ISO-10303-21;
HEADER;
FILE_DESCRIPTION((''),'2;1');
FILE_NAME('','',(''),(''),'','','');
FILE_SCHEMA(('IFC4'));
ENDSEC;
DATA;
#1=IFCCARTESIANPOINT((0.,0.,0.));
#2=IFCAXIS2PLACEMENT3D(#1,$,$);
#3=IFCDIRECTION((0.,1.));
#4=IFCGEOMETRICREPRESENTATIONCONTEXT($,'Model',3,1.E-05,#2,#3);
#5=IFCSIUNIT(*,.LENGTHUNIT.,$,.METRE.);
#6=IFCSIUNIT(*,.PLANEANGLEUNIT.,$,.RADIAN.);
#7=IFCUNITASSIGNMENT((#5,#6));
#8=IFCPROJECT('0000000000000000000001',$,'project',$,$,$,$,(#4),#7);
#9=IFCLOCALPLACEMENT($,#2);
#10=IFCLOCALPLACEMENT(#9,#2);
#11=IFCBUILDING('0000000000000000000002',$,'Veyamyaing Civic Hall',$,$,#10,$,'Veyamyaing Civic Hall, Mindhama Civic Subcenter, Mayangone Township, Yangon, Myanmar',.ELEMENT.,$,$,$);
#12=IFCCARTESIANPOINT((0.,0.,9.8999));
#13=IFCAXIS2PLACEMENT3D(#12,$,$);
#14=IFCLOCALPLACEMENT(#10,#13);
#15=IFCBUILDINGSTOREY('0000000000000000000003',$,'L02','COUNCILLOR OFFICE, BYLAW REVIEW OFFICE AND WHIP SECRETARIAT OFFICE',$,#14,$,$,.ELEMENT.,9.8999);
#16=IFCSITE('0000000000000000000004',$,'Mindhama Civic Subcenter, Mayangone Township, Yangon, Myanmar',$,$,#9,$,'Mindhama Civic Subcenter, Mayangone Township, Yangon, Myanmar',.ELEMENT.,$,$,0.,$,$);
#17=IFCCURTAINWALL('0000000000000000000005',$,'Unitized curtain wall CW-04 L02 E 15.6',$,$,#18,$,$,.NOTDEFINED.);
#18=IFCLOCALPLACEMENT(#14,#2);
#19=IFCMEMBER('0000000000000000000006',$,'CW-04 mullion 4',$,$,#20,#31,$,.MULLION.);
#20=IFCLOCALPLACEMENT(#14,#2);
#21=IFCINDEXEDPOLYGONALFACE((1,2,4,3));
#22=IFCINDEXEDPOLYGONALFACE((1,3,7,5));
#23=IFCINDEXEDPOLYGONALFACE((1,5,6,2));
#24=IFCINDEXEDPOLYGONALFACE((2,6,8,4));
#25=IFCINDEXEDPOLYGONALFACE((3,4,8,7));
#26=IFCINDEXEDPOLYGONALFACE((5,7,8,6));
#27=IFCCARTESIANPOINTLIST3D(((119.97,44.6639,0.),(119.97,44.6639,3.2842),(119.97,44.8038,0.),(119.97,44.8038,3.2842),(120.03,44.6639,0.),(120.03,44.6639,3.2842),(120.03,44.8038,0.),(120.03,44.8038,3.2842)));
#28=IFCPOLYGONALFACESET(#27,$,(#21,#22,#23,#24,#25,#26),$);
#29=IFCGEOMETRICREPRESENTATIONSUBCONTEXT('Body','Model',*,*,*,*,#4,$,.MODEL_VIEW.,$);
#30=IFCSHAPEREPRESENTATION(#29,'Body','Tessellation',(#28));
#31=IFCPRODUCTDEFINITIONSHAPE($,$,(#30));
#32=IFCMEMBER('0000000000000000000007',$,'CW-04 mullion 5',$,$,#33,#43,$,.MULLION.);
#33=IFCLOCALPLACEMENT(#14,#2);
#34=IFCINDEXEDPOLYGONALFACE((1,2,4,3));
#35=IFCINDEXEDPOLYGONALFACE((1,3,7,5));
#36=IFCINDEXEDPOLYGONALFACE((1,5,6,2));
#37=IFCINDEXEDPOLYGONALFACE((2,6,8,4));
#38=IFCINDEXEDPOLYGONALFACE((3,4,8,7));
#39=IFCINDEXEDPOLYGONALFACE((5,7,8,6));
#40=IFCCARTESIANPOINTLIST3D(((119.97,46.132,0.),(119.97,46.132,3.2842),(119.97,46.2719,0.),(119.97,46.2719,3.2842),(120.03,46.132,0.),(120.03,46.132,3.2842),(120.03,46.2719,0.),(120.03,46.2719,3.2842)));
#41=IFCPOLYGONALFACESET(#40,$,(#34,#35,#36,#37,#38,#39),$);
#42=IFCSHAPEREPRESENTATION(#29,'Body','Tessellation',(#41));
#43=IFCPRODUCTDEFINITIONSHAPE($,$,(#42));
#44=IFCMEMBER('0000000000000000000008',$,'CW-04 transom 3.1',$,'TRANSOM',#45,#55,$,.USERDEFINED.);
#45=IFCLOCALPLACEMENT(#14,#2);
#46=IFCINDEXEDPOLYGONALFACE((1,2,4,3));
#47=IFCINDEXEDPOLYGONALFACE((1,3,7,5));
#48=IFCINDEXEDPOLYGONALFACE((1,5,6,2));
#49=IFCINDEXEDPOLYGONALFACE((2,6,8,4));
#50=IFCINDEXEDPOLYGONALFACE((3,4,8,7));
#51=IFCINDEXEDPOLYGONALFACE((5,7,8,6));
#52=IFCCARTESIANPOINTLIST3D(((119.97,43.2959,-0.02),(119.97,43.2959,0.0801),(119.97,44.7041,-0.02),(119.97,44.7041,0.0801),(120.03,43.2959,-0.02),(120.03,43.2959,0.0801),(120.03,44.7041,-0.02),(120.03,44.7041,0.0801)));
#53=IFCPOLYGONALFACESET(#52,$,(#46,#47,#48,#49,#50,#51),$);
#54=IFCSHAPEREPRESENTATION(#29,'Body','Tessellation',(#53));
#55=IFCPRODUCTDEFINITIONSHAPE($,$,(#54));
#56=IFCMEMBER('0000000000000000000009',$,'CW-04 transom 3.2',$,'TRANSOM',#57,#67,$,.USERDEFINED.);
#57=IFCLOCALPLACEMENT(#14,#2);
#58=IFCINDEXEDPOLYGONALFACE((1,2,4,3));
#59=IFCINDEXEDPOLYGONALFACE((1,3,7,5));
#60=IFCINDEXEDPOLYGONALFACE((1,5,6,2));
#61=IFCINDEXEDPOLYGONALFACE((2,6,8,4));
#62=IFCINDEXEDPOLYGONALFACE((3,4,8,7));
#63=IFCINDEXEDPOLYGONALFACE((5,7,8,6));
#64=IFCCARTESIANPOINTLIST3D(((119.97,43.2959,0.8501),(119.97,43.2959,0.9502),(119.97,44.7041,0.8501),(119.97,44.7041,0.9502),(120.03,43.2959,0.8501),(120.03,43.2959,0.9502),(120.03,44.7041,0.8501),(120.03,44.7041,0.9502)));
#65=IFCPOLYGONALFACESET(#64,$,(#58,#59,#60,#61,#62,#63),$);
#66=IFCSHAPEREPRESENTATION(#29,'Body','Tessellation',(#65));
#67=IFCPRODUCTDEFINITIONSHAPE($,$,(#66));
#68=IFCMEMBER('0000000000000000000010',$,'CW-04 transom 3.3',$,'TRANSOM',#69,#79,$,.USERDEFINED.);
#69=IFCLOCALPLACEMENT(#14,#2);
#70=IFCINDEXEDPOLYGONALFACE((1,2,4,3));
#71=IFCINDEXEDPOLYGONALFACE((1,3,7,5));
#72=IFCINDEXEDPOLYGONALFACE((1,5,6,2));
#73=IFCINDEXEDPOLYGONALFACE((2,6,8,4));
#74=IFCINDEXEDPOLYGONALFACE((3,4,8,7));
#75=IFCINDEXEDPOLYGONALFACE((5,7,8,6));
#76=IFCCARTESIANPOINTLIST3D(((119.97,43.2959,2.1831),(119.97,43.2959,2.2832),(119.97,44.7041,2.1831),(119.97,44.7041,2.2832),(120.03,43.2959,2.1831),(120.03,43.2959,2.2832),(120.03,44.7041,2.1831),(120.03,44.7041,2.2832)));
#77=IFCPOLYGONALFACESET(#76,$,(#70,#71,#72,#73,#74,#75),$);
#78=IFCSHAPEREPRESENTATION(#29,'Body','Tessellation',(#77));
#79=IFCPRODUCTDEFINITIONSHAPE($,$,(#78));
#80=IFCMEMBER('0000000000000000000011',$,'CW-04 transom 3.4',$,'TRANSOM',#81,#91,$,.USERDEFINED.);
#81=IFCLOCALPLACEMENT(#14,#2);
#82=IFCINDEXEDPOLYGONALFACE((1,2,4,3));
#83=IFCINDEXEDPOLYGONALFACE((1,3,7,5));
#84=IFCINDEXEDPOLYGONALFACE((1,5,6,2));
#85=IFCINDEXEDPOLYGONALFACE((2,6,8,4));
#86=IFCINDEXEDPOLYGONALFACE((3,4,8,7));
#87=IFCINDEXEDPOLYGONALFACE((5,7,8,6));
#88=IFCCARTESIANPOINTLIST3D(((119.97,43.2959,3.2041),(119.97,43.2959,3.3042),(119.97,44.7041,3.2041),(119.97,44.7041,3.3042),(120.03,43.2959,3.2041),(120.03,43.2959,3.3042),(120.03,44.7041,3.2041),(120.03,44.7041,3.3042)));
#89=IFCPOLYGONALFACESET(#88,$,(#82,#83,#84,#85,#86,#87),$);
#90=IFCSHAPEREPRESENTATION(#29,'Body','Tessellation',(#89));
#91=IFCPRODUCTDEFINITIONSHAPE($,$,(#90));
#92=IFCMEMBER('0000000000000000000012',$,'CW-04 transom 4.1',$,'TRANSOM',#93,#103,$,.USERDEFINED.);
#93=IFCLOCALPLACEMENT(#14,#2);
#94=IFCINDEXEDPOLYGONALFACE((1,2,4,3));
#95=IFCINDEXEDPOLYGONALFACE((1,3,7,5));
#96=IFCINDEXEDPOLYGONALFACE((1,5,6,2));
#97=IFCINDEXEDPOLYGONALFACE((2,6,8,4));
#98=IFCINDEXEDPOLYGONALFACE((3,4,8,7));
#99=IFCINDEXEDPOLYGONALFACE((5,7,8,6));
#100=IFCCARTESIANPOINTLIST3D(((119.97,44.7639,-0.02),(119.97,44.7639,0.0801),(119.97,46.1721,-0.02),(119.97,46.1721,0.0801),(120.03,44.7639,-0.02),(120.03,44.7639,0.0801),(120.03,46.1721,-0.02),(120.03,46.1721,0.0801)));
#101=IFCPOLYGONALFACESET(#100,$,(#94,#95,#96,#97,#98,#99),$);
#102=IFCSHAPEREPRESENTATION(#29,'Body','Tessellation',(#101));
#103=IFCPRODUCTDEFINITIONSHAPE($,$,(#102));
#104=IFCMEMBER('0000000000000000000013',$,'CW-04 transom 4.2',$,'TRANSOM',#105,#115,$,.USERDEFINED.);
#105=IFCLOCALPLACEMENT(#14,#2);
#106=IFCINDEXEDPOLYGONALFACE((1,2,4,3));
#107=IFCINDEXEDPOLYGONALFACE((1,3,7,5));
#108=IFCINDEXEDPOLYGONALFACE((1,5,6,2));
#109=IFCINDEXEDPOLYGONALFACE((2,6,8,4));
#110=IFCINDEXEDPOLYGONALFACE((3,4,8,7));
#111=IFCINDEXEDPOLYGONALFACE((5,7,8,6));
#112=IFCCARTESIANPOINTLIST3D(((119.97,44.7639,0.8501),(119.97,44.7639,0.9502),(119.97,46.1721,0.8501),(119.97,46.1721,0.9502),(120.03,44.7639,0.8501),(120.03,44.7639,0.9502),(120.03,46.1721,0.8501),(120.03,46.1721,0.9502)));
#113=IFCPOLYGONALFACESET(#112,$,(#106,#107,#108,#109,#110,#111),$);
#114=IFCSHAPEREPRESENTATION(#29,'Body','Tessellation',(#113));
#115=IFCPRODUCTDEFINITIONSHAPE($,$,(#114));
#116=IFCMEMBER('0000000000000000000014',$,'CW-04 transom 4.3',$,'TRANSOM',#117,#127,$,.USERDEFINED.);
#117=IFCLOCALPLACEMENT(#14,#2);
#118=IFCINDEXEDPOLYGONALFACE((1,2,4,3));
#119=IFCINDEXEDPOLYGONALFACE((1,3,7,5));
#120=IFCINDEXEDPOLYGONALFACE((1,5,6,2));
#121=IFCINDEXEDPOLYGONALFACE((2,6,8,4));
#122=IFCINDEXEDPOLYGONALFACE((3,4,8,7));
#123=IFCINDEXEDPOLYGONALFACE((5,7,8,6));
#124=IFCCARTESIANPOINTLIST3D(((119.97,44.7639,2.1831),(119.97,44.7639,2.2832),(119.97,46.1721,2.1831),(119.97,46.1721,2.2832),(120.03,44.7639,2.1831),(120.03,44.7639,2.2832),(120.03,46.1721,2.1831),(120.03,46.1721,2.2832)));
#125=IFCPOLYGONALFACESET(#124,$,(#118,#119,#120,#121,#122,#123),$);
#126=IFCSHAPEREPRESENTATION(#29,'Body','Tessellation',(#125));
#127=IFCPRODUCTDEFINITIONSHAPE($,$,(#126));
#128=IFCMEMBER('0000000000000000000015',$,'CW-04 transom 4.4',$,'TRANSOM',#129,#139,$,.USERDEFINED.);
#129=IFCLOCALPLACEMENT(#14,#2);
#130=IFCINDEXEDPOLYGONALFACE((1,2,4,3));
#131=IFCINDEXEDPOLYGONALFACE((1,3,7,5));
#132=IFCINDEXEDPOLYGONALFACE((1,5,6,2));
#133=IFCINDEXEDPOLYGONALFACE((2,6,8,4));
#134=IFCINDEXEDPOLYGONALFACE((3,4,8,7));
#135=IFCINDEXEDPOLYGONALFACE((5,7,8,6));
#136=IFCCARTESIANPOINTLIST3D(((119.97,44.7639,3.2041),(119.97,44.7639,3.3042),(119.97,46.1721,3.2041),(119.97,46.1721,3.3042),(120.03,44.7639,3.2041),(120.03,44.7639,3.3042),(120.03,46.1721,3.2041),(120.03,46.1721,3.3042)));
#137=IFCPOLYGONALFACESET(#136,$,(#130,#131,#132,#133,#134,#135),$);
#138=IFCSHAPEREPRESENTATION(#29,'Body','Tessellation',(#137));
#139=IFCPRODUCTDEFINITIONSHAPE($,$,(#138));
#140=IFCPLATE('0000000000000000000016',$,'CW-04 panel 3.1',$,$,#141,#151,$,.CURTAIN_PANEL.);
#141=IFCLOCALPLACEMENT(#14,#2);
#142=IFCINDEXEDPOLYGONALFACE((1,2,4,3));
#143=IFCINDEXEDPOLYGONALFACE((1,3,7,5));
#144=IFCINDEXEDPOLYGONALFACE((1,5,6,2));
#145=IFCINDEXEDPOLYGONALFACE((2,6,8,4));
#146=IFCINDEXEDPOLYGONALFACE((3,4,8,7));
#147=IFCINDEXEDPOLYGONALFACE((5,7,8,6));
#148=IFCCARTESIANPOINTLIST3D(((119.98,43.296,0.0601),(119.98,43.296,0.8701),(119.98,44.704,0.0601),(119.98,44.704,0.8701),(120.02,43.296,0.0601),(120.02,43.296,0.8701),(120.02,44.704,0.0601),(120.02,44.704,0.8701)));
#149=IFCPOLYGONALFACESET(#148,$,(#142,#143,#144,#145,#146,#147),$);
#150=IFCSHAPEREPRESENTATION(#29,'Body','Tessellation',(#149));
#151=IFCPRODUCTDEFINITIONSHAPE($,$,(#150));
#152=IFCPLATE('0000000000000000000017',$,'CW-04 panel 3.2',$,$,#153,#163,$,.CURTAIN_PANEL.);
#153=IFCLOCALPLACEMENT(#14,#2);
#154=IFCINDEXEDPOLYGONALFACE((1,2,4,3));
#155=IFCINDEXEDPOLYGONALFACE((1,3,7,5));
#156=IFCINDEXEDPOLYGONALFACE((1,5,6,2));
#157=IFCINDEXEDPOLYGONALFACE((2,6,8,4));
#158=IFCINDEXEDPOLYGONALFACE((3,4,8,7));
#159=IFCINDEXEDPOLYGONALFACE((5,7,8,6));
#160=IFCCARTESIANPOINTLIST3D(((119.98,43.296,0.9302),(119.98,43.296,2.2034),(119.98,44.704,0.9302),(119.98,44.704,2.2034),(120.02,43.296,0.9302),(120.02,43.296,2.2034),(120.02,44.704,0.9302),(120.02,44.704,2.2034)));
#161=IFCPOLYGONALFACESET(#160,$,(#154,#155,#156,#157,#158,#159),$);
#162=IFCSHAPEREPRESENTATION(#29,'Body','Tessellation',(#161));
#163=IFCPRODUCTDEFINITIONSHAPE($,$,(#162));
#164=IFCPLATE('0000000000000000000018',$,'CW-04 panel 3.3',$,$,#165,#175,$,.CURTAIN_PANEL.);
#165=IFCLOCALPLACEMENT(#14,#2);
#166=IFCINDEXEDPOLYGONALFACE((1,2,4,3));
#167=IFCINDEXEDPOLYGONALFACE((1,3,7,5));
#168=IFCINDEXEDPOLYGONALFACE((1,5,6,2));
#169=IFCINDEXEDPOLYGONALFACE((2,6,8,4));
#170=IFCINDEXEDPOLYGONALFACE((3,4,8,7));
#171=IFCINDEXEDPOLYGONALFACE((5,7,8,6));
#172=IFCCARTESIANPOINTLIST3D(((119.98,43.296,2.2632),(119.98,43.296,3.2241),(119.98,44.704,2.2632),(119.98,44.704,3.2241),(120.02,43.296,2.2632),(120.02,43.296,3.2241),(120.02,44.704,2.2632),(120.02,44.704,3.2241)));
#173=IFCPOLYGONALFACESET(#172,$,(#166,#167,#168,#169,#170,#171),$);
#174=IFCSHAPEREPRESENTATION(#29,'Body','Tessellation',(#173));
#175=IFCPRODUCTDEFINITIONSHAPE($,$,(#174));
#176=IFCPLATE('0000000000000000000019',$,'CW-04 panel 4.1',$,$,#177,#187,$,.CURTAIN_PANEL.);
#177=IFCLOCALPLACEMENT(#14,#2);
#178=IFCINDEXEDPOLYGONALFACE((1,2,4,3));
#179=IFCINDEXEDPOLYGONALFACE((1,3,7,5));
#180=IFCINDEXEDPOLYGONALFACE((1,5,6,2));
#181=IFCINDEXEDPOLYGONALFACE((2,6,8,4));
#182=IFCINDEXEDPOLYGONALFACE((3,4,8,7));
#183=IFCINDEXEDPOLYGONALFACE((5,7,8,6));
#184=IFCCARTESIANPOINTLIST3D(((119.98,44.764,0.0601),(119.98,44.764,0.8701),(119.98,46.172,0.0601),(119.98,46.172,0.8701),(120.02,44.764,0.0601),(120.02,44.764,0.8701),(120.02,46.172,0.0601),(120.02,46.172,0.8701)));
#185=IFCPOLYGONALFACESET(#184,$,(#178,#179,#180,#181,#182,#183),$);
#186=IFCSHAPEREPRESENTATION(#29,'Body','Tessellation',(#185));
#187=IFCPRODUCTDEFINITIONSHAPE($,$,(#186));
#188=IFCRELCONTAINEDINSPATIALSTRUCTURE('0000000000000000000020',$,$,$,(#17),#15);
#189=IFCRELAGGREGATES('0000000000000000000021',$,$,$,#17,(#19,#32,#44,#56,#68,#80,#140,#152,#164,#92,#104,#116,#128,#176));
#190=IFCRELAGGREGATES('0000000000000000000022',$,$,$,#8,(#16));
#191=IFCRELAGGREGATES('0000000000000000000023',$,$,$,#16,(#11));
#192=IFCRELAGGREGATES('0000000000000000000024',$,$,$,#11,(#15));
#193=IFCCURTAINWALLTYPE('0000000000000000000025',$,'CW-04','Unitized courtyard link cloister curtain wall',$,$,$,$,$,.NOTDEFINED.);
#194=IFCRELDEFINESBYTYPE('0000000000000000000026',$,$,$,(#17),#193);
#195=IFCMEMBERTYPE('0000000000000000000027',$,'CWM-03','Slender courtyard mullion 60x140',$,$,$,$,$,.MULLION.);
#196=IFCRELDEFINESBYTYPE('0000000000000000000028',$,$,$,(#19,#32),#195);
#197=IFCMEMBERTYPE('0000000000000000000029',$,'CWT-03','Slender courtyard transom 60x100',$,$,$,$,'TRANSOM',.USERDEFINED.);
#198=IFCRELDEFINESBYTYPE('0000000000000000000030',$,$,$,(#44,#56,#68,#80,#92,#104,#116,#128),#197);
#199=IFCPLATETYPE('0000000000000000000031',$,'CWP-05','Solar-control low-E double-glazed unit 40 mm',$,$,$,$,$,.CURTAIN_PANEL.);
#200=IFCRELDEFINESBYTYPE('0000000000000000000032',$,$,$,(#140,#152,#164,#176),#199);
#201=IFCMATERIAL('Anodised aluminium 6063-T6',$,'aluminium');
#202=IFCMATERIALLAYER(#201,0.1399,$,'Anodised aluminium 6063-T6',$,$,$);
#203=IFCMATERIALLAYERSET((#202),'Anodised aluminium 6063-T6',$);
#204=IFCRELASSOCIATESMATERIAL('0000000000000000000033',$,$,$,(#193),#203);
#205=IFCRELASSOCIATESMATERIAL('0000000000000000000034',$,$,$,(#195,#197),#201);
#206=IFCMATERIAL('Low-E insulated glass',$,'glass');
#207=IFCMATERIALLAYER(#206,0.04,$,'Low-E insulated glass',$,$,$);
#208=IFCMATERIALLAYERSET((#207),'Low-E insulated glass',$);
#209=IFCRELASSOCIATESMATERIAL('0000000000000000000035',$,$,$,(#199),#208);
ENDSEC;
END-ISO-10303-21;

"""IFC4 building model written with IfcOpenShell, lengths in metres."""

from ifc_helpers import new_model, si_unit, direction, frame, origin, origin_2d, place, context, subcontext, project, spatial, rectangle, extrude, material, layer, layer_set, material_profile, profile_set, type_object, element, aggregate, save


model = new_model("IFC4")

# Units and contexts
model_context = context("Model", 3, precision=1e-05, world=origin(), true_north=direction((0.0, 1.0)))
body_context = subcontext(model_context, "Body", "Model", "MODEL_VIEW")
ifc_project = project(units=[si_unit("LENGTHUNIT", "METRE"), si_unit("PLANEANGLEUNIT", "RADIAN")], contexts=[model_context])

# Site, building, storey
site_placement = place(None, origin())
site = spatial("IfcSite", under=ifc_project, at=site_placement, Name="Mindhama Civic Subcenter, Mayangone Township, Yangon, Myanmar", LongName="Mindhama Civic Subcenter, Mayangone Township, Yangon, Myanmar", CompositionType="ELEMENT", RefElevation=0.0)
building_placement = place(site_placement, origin())
building = spatial("IfcBuilding", under=site, at=building_placement, Name="Veyamyaing Civic Hall", LongName="Veyamyaing Civic Hall, Mindhama Civic Subcenter, Mayangone Township, Yangon, Myanmar", CompositionType="ELEMENT")
storey_placement = place(building_placement, frame((0.0, 0.0, 9.8999)))
storey = spatial("IfcBuildingStorey", under=building, at=storey_placement, Name="L02", Description="COUNCILLOR OFFICE, BYLAW REVIEW OFFICE AND WHIP SECRETARIAT OFFICE", CompositionType="ELEMENT", Elevation=9.8999)

# Curtain wall, members, plates
ifc_material_1 = material(Name="Anodised aluminium 6063-T6", Category="aluminium")
ifc_layer_1 = layer(ifc_material_1, 0.1399, Name="Anodised aluminium 6063-T6")
ifc_layer_set_1 = layer_set([ifc_layer_1], Name="Anodised aluminium 6063-T6")
curtain_wall_type = type_object("IfcCurtainWallType", Name="CW-04", Description="Unitized courtyard link cloister curtain wall", PredefinedType="NOTDEFINED", material=ifc_layer_set_1)
curtain_wall_placement = place(storey_placement, origin())
curtain_wall = element("IfcCurtainWall", 1, at=curtain_wall_placement, inside=storey, type_object=curtain_wall_type, Name="Unitized curtain wall CW-04 L02 E 15.6", PredefinedType="NOTDEFINED")
ifc_material_profile_1 = material_profile(ifc_material_1, rectangle(XDim=0.0601, YDim=0.1399, at=origin_2d()), Name="ALU-MUL-60X140")
ifc_profile_set_1 = profile_set([ifc_material_profile_1], Name="Anodised aluminium 6063-T6")
member_type_1 = type_object("IfcMemberType", Name="CWM-03", Description="Slender courtyard mullion 60x140", PredefinedType="MULLION", material=ifc_profile_set_1)
member_1_placement = place(storey_placement, frame((120.0, 44.7339, 0.0), z_axis=(0.0, 0.0, 1.0), x_axis=(-1.0, 0.0, 0.0)))
member_1 = element("IfcMember", 2, at=member_1_placement, type_object=member_type_1, Name="CW-04 mullion 4", PredefinedType="MULLION", context=body_context, shape_type="SweptSolid", body=[
    extrude(rectangle(XDim=0.0601, YDim=0.1399, at=origin_2d()), origin(), (0.0, 0.0, 1.0), 3.2842),
])
member_2_placement = place(storey_placement, frame((120.0, 46.2019, 0.0), z_axis=(0.0, 0.0, 1.0), x_axis=(-1.0, 0.0, 0.0)))
member_2 = element("IfcMember", 3, at=member_2_placement, type_object=member_type_1, Name="CW-04 mullion 5", PredefinedType="MULLION", context=body_context, shape_type="SweptSolid", body=[
    extrude(rectangle(XDim=0.0601, YDim=0.1399, at=origin_2d()), origin(), (0.0, 0.0, 1.0), 3.2842),
])
ifc_material_profile_2 = material_profile(ifc_material_1, rectangle(XDim=0.0601, YDim=0.1001, at=origin_2d()), Name="ALU-TRN-60X100")
ifc_profile_set_2 = profile_set([ifc_material_profile_2], Name="Anodised aluminium 6063-T6")
member_type_2 = type_object("IfcMemberType", Name="CWT-03", Description="Slender courtyard transom 60x100", ElementType="TRANSOM", PredefinedType="USERDEFINED", material=ifc_profile_set_2)
member_3_placement = place(storey_placement, frame((120.0, 43.2959, 0.03), z_axis=(0.0, 1.0, 0.0), x_axis=(-1.0, 0.0, 0.0)))
member_3 = element("IfcMember", 4, at=member_3_placement, type_object=member_type_2, Name="CW-04 transom 3.1", ObjectType="TRANSOM", PredefinedType="USERDEFINED", context=body_context, shape_type="SweptSolid", body=[
    extrude(rectangle(XDim=0.0601, YDim=0.1001, at=origin_2d()), origin(), (0.0, 0.0, 1.0), 1.4082),
])
member_4_placement = place(storey_placement, frame((120.0, 43.2959, 0.9001), z_axis=(0.0, 1.0, 0.0), x_axis=(-1.0, 0.0, 0.0)))
member_4 = element("IfcMember", 5, at=member_4_placement, type_object=member_type_2, Name="CW-04 transom 3.2", ObjectType="TRANSOM", PredefinedType="USERDEFINED", context=body_context, shape_type="SweptSolid", body=[
    extrude(rectangle(XDim=0.0601, YDim=0.1001, at=origin_2d()), origin(), (0.0, 0.0, 1.0), 1.4082),
])
member_5_placement = place(storey_placement, frame((120.0, 43.2959, 2.2332), z_axis=(0.0, 1.0, 0.0), x_axis=(-1.0, 0.0, 0.0)))
member_5 = element("IfcMember", 6, at=member_5_placement, type_object=member_type_2, Name="CW-04 transom 3.3", ObjectType="TRANSOM", PredefinedType="USERDEFINED", context=body_context, shape_type="SweptSolid", body=[
    extrude(rectangle(XDim=0.0601, YDim=0.1001, at=origin_2d()), origin(), (0.0, 0.0, 1.0), 1.4082),
])
member_6_placement = place(storey_placement, frame((120.0, 43.2959, 3.2542), z_axis=(0.0, 1.0, 0.0), x_axis=(-1.0, 0.0, 0.0)))
member_6 = element("IfcMember", 7, at=member_6_placement, type_object=member_type_2, Name="CW-04 transom 3.4", ObjectType="TRANSOM", PredefinedType="USERDEFINED", context=body_context, shape_type="SweptSolid", body=[
    extrude(rectangle(XDim=0.0601, YDim=0.1001, at=origin_2d()), origin(), (0.0, 0.0, 1.0), 1.4082),
])
member_7_placement = place(storey_placement, frame((120.0, 44.7639, 0.03), z_axis=(0.0, 1.0, 0.0), x_axis=(-1.0, 0.0, 0.0)))
member_7 = element("IfcMember", 8, at=member_7_placement, type_object=member_type_2, Name="CW-04 transom 4.1", ObjectType="TRANSOM", PredefinedType="USERDEFINED", context=body_context, shape_type="SweptSolid", body=[
    extrude(rectangle(XDim=0.0601, YDim=0.1001, at=origin_2d()), origin(), (0.0, 0.0, 1.0), 1.4082),
])
member_8_placement = place(storey_placement, frame((120.0, 44.7639, 0.9001), z_axis=(0.0, 1.0, 0.0), x_axis=(-1.0, 0.0, 0.0)))
member_8 = element("IfcMember", 9, at=member_8_placement, type_object=member_type_2, Name="CW-04 transom 4.2", ObjectType="TRANSOM", PredefinedType="USERDEFINED", context=body_context, shape_type="SweptSolid", body=[
    extrude(rectangle(XDim=0.0601, YDim=0.1001, at=origin_2d()), origin(), (0.0, 0.0, 1.0), 1.4082),
])
member_9_placement = place(storey_placement, frame((120.0, 44.7639, 2.2332), z_axis=(0.0, 1.0, 0.0), x_axis=(-1.0, 0.0, 0.0)))
member_9 = element("IfcMember", 10, at=member_9_placement, type_object=member_type_2, Name="CW-04 transom 4.3", ObjectType="TRANSOM", PredefinedType="USERDEFINED", context=body_context, shape_type="SweptSolid", body=[
    extrude(rectangle(XDim=0.0601, YDim=0.1001, at=origin_2d()), origin(), (0.0, 0.0, 1.0), 1.4082),
])
member_10_placement = place(storey_placement, frame((120.0, 44.7639, 3.2542), z_axis=(0.0, 1.0, 0.0), x_axis=(-1.0, 0.0, 0.0)))
member_10 = element("IfcMember", 11, at=member_10_placement, type_object=member_type_2, Name="CW-04 transom 4.4", ObjectType="TRANSOM", PredefinedType="USERDEFINED", context=body_context, shape_type="SweptSolid", body=[
    extrude(rectangle(XDim=0.0601, YDim=0.1001, at=origin_2d()), origin(), (0.0, 0.0, 1.0), 1.4082),
])
ifc_material_2 = material(Name="Low-E insulated glass", Category="glass")
ifc_layer_2 = layer(ifc_material_2, 0.04, Name="Low-E insulated glass")
ifc_layer_set_2 = layer_set([ifc_layer_2], Name="Low-E insulated glass")
plate_type = type_object("IfcPlateType", Name="CWP-05", Description="Solar-control low-E double-glazed unit 40 mm", PredefinedType="CURTAIN_PANEL", material=ifc_layer_set_2)
plate_1_placement = place(storey_placement, frame((120.0, 44.0, 0.0601), z_axis=(0.0, 0.0, 1.0), x_axis=(0.0, 1.0, 0.0)))
plate_1 = element("IfcPlate", 12, at=plate_1_placement, type_object=plate_type, Name="CW-04 panel 3.1", PredefinedType="CURTAIN_PANEL", context=body_context, shape_type="SweptSolid", body=[
    extrude(rectangle(XDim=1.408, YDim=0.04, at=origin_2d()), origin(), (0.0, 0.0, 1.0), 0.8101),
])
plate_2_placement = place(storey_placement, frame((120.0, 44.0, 0.9302), z_axis=(0.0, 0.0, 1.0), x_axis=(0.0, 1.0, 0.0)))
plate_2 = element("IfcPlate", 13, at=plate_2_placement, type_object=plate_type, Name="CW-04 panel 3.2", PredefinedType="CURTAIN_PANEL", context=body_context, shape_type="SweptSolid", body=[
    extrude(rectangle(XDim=1.408, YDim=0.04, at=origin_2d()), origin(), (0.0, 0.0, 1.0), 1.2732),
])
plate_3_placement = place(storey_placement, frame((120.0, 44.0, 2.2632), z_axis=(0.0, 0.0, 1.0), x_axis=(0.0, 1.0, 0.0)))
plate_3 = element("IfcPlate", 14, at=plate_3_placement, type_object=plate_type, Name="CW-04 panel 3.3", PredefinedType="CURTAIN_PANEL", context=body_context, shape_type="SweptSolid", body=[
    extrude(rectangle(XDim=1.408, YDim=0.04, at=origin_2d()), origin(), (0.0, 0.0, 1.0), 0.9609),
])
plate_4_placement = place(storey_placement, frame((120.0, 45.468, 0.0601), z_axis=(0.0, 0.0, 1.0), x_axis=(0.0, 1.0, 0.0)))
plate_4 = element("IfcPlate", 15, at=plate_4_placement, type_object=plate_type, Name="CW-04 panel 4.1", PredefinedType="CURTAIN_PANEL", context=body_context, shape_type="SweptSolid", body=[
    extrude(rectangle(XDim=1.408, YDim=0.04, at=origin_2d()), origin(), (0.0, 0.0, 1.0), 0.8101),
])
aggregate(curtain_wall, [member_1, member_2, member_3, member_4, member_5, member_6, plate_1, plate_2, plate_3, member_7, member_8, member_9, member_10, plate_4])

save(model, "model.ifc")
